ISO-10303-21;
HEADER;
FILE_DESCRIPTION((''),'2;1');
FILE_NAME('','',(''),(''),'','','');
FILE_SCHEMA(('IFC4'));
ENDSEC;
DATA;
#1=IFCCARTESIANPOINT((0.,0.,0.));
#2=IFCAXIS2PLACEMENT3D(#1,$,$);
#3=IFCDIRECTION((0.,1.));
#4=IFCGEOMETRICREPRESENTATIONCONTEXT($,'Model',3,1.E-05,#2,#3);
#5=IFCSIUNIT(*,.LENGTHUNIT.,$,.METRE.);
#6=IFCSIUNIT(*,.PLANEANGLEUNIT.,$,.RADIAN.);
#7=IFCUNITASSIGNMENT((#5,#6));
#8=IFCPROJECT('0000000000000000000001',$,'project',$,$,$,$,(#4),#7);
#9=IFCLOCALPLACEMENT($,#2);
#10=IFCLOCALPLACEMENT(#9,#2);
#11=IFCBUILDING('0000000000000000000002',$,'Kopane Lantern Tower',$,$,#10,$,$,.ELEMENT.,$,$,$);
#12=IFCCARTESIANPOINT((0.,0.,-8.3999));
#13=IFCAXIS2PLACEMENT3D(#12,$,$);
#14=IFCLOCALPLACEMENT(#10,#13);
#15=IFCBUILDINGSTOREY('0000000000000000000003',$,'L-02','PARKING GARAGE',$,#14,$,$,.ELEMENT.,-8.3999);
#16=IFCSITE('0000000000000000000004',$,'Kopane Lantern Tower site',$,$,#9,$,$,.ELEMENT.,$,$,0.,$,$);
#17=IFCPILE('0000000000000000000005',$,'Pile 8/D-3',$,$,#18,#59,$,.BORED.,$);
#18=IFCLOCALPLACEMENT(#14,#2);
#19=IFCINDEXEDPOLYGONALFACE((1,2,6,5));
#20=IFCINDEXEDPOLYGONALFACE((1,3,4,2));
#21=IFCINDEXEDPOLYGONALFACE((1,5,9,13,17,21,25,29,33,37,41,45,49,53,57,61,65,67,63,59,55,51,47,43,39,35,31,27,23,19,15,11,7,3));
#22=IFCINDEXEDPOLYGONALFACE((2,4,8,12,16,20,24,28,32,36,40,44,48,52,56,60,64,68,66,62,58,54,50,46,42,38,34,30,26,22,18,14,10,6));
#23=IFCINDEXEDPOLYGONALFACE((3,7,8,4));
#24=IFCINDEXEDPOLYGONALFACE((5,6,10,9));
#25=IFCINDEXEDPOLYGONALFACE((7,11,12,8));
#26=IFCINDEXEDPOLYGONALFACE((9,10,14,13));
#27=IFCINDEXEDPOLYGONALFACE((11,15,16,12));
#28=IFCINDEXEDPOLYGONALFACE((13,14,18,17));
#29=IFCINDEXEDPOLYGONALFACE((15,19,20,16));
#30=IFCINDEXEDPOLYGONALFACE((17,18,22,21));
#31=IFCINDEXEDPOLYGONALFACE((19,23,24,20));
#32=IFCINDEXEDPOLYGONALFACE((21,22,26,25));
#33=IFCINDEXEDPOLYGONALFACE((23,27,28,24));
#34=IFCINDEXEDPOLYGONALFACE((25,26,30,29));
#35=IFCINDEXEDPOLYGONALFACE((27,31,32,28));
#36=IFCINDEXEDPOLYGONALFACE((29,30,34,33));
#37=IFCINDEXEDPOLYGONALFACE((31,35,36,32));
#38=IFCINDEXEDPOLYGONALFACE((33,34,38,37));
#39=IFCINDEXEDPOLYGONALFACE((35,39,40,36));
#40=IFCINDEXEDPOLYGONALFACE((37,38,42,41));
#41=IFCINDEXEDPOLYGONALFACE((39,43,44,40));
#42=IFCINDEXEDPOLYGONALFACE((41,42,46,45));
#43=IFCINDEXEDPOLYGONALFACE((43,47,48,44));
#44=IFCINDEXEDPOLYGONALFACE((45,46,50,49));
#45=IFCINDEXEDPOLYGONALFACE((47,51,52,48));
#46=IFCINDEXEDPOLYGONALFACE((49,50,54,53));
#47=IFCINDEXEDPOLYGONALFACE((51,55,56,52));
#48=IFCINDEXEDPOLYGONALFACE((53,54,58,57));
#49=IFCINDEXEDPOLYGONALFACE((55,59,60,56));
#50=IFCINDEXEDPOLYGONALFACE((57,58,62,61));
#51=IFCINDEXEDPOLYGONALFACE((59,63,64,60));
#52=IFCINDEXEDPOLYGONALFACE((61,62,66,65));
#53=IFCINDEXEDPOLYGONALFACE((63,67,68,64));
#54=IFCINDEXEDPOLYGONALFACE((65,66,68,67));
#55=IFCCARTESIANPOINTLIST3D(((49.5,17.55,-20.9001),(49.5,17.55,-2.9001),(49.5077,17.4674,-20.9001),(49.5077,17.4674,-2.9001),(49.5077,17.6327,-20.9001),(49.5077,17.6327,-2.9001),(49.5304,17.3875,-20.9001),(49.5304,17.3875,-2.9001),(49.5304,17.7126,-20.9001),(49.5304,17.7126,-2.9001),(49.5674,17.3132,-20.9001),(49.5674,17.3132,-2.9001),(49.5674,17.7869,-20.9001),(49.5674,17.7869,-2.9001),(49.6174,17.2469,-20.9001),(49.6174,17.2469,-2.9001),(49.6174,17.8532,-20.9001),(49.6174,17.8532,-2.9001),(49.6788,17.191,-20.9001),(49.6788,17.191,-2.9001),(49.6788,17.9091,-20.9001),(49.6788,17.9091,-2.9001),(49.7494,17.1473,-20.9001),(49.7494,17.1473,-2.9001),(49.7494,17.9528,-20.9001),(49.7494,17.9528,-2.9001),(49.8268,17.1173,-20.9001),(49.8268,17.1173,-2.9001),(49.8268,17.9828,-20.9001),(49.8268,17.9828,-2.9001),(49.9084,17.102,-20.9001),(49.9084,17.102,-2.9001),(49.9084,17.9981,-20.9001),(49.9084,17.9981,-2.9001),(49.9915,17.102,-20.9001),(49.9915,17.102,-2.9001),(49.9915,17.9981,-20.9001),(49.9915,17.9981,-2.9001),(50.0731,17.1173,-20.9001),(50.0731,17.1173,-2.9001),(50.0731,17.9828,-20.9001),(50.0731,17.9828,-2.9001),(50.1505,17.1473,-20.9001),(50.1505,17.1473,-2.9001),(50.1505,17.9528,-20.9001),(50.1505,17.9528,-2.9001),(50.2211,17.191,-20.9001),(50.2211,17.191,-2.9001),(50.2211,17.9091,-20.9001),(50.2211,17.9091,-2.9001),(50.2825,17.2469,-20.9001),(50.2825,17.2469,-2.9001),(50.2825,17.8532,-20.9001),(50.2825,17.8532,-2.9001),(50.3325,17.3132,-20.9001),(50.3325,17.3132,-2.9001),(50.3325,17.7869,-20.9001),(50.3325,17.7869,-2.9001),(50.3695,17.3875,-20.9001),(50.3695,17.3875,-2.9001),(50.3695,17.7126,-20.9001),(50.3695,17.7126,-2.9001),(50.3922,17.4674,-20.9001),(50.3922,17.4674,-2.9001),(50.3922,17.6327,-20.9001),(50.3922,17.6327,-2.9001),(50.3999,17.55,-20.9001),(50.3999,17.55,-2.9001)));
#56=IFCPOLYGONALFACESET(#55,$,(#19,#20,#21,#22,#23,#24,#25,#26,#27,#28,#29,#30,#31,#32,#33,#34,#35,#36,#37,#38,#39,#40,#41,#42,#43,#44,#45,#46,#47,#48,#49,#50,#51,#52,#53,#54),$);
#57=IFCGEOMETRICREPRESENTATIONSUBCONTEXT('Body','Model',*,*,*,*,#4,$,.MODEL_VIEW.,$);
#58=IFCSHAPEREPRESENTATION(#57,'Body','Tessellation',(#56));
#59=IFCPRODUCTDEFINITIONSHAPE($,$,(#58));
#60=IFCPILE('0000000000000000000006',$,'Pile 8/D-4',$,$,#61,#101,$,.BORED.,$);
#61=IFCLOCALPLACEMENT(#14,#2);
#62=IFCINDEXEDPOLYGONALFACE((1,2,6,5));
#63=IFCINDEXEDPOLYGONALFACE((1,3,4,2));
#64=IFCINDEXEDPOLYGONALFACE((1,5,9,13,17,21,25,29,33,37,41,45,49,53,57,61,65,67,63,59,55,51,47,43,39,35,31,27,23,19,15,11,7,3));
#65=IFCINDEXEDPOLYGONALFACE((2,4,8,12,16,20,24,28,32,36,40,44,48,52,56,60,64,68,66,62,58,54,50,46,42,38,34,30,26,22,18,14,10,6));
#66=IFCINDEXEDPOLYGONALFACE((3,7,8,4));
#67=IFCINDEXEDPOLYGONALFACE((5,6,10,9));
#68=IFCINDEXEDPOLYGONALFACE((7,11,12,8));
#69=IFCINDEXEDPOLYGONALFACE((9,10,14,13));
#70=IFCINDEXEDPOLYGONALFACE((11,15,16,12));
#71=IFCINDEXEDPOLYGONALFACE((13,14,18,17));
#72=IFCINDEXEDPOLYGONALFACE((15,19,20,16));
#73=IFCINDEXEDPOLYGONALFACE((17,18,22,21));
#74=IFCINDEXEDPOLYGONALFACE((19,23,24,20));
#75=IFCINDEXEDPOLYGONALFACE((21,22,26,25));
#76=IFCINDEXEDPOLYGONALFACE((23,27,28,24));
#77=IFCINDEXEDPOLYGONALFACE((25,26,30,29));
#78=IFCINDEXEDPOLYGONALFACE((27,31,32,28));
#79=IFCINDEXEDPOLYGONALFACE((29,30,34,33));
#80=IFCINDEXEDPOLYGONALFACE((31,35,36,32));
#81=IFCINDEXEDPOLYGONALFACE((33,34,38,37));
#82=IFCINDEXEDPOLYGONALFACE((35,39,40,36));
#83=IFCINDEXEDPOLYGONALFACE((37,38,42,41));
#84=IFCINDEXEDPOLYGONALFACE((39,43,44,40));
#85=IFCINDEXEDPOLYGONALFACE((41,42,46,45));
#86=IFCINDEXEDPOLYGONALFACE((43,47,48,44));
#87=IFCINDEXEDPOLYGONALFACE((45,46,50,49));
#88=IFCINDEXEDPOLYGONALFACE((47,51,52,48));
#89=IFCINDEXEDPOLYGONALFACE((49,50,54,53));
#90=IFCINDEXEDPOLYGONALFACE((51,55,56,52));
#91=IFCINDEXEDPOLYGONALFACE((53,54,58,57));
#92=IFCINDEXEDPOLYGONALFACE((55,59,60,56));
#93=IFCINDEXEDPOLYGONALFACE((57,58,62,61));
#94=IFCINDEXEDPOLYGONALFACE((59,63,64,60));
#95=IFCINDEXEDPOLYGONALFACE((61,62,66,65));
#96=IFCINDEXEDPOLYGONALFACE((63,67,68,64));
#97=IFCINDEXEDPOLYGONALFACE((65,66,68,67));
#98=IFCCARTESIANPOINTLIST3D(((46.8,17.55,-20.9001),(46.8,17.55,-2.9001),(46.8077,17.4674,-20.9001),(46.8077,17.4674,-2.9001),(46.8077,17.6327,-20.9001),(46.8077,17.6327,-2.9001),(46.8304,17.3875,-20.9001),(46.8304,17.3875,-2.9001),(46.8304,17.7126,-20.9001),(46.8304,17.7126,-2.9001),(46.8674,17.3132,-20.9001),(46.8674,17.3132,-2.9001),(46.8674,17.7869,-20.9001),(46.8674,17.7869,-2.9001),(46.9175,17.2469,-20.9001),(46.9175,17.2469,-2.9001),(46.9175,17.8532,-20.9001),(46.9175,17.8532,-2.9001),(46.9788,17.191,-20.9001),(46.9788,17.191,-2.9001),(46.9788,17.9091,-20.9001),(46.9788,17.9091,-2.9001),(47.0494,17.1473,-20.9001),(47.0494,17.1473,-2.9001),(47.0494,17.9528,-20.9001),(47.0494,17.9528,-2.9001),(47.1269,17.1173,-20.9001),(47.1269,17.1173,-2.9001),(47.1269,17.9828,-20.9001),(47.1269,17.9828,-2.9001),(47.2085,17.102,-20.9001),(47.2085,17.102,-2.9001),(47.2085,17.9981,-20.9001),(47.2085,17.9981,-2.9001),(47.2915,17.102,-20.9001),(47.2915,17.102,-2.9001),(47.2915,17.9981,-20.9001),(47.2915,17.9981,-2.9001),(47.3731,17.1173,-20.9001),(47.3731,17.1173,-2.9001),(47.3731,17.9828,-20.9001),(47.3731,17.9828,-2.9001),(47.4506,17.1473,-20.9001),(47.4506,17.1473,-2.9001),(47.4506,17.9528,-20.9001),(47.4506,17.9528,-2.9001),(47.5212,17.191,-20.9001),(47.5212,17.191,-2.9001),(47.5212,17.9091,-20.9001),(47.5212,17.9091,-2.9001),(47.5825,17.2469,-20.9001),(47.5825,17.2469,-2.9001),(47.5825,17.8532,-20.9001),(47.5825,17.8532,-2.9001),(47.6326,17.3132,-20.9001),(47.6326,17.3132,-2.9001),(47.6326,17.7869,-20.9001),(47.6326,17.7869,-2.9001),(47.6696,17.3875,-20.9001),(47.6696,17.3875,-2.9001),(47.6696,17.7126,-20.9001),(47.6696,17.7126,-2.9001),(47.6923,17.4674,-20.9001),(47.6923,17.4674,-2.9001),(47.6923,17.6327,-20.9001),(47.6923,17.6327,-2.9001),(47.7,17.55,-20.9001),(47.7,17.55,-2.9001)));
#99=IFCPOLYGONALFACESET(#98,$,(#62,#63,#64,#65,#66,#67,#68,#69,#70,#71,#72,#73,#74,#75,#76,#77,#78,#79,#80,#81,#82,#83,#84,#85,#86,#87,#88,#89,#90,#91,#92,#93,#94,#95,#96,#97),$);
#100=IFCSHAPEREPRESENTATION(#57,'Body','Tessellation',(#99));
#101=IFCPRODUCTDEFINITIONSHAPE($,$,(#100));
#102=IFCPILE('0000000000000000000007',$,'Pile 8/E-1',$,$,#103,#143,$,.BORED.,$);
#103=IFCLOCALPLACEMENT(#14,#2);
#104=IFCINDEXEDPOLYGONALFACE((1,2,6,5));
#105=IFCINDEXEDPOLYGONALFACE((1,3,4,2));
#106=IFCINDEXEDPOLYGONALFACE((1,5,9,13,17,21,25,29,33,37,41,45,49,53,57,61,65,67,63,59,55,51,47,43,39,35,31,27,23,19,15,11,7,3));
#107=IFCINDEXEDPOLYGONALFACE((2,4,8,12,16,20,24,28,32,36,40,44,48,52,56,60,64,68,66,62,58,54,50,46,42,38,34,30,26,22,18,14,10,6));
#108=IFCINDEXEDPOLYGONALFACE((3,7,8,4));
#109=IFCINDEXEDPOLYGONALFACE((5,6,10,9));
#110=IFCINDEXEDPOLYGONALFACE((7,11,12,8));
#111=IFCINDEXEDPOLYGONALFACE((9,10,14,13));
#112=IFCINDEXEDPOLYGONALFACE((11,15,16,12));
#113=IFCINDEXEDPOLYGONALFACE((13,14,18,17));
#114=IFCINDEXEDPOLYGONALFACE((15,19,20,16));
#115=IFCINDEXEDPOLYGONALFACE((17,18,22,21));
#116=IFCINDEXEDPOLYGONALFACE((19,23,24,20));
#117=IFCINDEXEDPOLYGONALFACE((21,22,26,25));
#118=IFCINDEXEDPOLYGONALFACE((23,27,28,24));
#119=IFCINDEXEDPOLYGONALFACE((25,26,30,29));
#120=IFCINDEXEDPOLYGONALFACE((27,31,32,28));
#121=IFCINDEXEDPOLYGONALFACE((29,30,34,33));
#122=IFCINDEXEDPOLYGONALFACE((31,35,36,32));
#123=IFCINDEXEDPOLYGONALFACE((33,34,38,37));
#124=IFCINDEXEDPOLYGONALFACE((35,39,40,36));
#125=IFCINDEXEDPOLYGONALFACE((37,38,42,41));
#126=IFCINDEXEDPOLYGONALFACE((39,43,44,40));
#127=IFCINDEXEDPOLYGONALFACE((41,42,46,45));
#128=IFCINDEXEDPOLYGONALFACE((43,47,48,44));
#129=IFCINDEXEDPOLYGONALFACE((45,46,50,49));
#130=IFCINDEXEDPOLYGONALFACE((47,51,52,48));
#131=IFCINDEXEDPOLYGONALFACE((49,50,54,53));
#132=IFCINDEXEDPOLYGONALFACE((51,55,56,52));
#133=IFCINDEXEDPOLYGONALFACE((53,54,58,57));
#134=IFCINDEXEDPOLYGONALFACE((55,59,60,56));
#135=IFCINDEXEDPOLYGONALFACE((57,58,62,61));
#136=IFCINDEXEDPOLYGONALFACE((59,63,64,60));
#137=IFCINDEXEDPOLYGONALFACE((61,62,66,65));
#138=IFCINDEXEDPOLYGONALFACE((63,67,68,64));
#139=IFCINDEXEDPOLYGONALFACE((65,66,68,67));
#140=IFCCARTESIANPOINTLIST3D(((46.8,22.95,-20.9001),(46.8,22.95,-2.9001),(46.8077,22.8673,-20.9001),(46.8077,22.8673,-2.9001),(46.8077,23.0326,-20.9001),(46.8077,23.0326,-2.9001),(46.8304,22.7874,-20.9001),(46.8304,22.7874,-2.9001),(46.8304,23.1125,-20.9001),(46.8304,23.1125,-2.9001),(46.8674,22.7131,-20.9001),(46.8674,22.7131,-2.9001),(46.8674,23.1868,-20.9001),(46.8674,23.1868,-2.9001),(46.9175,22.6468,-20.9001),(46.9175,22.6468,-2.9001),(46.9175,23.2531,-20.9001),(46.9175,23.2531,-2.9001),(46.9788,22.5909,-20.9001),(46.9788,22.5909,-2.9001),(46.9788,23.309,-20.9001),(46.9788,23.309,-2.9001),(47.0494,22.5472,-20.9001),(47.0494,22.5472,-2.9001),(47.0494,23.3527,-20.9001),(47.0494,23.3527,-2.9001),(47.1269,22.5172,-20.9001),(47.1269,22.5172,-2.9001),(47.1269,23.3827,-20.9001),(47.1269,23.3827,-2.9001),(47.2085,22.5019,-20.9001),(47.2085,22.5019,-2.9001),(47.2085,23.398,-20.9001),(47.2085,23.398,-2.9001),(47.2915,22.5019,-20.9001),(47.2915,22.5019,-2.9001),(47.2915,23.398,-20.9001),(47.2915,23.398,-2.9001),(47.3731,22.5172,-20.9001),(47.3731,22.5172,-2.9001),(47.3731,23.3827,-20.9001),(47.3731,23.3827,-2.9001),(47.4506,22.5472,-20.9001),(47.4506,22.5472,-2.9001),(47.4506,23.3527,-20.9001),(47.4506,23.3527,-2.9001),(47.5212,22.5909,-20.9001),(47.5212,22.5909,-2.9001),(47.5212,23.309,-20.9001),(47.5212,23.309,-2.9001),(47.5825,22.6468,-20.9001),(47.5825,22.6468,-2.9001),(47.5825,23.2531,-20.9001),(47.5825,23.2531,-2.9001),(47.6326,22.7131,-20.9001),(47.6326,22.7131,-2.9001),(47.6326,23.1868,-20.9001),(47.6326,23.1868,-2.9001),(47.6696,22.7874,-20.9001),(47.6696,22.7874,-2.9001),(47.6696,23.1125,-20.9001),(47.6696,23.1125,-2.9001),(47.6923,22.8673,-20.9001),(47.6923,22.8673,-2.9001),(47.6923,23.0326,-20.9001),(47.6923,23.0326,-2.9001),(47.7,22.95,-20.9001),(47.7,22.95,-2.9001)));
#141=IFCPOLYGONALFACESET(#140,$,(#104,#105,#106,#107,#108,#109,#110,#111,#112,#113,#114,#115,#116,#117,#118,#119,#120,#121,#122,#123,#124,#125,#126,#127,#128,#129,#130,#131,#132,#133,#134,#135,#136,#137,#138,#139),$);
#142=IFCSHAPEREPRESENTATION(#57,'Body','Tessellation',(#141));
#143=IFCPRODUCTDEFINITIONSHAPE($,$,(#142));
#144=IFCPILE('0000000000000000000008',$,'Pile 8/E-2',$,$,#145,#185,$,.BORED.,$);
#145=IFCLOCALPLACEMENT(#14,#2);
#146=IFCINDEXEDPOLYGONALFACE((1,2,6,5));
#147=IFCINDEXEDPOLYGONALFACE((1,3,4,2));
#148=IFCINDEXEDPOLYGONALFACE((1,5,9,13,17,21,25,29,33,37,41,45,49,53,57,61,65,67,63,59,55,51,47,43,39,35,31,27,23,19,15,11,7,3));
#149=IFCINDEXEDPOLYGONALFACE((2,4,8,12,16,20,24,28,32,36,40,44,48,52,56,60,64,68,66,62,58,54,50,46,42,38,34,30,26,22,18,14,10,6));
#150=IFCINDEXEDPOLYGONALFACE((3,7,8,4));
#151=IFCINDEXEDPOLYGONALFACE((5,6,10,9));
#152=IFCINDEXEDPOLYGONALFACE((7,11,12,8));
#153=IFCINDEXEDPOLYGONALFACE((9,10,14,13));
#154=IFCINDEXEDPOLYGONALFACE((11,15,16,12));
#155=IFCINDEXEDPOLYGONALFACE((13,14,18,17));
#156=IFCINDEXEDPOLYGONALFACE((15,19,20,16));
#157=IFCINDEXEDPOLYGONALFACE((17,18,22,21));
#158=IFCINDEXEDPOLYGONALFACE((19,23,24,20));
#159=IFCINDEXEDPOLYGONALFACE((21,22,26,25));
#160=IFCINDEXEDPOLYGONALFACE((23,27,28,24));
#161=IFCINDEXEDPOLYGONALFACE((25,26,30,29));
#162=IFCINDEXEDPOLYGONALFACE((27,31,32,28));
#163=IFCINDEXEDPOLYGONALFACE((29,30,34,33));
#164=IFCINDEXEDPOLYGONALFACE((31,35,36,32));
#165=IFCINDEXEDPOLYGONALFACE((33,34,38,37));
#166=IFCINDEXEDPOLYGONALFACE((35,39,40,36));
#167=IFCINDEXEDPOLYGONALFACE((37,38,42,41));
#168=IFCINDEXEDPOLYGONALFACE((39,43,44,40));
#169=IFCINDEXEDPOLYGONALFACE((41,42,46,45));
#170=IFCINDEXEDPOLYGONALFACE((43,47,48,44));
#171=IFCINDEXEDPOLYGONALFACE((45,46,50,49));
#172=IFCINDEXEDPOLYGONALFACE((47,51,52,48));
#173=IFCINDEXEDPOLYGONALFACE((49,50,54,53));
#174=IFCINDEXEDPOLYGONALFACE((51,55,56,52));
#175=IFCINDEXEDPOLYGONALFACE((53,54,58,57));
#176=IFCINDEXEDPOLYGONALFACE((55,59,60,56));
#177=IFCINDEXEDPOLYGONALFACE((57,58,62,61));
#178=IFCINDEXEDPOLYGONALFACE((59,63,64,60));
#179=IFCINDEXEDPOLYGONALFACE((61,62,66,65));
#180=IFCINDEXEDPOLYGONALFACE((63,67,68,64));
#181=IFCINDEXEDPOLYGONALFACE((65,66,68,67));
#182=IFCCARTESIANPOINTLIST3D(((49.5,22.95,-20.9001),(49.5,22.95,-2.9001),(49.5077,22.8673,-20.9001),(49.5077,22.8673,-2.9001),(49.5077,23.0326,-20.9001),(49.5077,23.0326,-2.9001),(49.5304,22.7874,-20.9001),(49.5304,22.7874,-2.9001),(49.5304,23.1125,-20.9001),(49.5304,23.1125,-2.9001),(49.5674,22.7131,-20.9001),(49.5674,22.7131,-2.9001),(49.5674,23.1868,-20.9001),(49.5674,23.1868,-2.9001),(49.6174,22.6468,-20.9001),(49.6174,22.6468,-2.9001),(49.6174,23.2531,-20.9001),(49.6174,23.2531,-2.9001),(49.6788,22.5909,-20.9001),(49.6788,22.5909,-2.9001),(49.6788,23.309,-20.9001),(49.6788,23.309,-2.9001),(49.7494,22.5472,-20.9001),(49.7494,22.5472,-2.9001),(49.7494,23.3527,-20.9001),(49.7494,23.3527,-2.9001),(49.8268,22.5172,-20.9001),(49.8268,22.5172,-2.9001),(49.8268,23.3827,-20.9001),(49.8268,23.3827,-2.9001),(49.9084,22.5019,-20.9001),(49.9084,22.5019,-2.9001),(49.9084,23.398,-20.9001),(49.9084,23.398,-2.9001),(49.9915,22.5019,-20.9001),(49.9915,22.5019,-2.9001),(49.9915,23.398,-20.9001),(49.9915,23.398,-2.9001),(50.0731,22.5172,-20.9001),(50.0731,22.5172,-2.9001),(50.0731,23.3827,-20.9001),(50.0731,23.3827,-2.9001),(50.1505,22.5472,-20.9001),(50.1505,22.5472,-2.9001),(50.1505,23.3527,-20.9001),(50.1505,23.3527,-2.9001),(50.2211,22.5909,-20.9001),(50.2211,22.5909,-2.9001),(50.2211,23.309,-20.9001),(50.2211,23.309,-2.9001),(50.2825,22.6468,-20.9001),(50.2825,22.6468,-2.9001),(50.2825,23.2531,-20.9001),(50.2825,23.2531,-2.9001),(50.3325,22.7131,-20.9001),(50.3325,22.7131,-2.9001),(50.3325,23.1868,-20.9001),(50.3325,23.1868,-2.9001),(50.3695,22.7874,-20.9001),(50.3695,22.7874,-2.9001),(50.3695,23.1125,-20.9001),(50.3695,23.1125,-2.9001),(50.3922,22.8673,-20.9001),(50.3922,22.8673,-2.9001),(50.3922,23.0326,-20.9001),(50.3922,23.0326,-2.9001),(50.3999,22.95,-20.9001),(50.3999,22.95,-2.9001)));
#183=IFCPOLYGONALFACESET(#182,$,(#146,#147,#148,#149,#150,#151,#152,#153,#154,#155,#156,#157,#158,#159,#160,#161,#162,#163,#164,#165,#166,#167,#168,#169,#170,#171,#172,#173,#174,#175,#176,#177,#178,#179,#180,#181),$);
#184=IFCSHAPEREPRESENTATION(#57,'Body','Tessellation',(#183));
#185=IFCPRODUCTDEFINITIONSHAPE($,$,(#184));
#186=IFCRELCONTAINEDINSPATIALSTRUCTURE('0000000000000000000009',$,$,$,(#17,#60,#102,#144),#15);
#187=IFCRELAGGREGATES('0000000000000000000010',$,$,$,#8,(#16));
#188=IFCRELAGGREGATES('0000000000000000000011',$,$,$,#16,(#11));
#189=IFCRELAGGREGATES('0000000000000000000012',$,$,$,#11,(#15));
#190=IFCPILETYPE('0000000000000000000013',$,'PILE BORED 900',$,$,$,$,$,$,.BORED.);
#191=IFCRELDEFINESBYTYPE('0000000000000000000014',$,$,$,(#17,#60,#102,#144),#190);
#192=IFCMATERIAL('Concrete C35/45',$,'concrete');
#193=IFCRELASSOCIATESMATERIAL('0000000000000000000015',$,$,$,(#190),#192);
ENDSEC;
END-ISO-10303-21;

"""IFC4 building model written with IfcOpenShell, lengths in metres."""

from ifc_helpers import new_model, si_unit, direction, frame, origin, origin_2d, place, context, subcontext, project, spatial, circle, extrude, material, material_profile, profile_set, type_object, element, save


model = new_model("IFC4")

# Units and contexts
model_context = context("Model", 3, precision=1e-05, world=origin(), true_north=direction((0.0, 1.0)))
body_context = subcontext(model_context, "Body", "Model", "MODEL_VIEW")
ifc_project = project(units=[si_unit("LENGTHUNIT", "METRE"), si_unit("PLANEANGLEUNIT", "RADIAN")], contexts=[model_context])

# Site, building, storey
site_placement = place(None, origin())
site = spatial("IfcSite", under=ifc_project, at=site_placement, Name="Kopane Lantern Tower site", CompositionType="ELEMENT", RefElevation=0.0)
building_placement = place(site_placement, origin())
building = spatial("IfcBuilding", under=site, at=building_placement, Name="Kopane Lantern Tower", CompositionType="ELEMENT")
storey_placement = place(building_placement, frame((0.0, 0.0, -8.3999)))
storey = spatial("IfcBuildingStorey", under=building, at=storey_placement, Name="L-02", Description="PARKING GARAGE", CompositionType="ELEMENT", Elevation=-8.3999)

# Piles
ifc_material_1 = material(Name="Concrete C35/45", Category="concrete")
ifc_material_profile_1 = material_profile(ifc_material_1, circle(Radius=0.45, at=origin_2d()), Name="D900")
ifc_profile_set_1 = profile_set([ifc_material_profile_1], Name="Concrete C35/45")
pile_type = type_object("IfcPileType", Name="PILE BORED 900", PredefinedType="BORED", material=ifc_profile_set_1)
for number, where, z_axis, x_axis, name in (
    (1, (49.95, 17.55, -2.9001), (0.0, 0.0, -1.0), (1.0, 0.0, 0.0), "Pile 8/D-3"),
    (2, (47.25, 17.55, -2.9001), (0.0, 0.0, -1.0), (1.0, 0.0, 0.0), "Pile 8/D-4"),
    (3, (47.25, 22.95, -2.9001), (0.0, 0.0, -1.0), (1.0, 0.0, 0.0), "Pile 8/E-1"),
    (4, (49.95, 22.95, -2.9001), (0.0, 0.0, -1.0), (1.0, 0.0, 0.0), "Pile 8/E-2"),
):
    element("IfcPile", number, at=place(storey_placement, frame(where, z_axis=z_axis, x_axis=x_axis)), inside=storey, type_object=pile_type, Name=name, PredefinedType="BORED", context=body_context, shape_type="SweptSolid", body=[
        extrude(circle(Radius=0.45, at=origin_2d()), origin(), (0.0, 0.0, 1.0), 18.0),
    ])

save(model, "model.ifc")
